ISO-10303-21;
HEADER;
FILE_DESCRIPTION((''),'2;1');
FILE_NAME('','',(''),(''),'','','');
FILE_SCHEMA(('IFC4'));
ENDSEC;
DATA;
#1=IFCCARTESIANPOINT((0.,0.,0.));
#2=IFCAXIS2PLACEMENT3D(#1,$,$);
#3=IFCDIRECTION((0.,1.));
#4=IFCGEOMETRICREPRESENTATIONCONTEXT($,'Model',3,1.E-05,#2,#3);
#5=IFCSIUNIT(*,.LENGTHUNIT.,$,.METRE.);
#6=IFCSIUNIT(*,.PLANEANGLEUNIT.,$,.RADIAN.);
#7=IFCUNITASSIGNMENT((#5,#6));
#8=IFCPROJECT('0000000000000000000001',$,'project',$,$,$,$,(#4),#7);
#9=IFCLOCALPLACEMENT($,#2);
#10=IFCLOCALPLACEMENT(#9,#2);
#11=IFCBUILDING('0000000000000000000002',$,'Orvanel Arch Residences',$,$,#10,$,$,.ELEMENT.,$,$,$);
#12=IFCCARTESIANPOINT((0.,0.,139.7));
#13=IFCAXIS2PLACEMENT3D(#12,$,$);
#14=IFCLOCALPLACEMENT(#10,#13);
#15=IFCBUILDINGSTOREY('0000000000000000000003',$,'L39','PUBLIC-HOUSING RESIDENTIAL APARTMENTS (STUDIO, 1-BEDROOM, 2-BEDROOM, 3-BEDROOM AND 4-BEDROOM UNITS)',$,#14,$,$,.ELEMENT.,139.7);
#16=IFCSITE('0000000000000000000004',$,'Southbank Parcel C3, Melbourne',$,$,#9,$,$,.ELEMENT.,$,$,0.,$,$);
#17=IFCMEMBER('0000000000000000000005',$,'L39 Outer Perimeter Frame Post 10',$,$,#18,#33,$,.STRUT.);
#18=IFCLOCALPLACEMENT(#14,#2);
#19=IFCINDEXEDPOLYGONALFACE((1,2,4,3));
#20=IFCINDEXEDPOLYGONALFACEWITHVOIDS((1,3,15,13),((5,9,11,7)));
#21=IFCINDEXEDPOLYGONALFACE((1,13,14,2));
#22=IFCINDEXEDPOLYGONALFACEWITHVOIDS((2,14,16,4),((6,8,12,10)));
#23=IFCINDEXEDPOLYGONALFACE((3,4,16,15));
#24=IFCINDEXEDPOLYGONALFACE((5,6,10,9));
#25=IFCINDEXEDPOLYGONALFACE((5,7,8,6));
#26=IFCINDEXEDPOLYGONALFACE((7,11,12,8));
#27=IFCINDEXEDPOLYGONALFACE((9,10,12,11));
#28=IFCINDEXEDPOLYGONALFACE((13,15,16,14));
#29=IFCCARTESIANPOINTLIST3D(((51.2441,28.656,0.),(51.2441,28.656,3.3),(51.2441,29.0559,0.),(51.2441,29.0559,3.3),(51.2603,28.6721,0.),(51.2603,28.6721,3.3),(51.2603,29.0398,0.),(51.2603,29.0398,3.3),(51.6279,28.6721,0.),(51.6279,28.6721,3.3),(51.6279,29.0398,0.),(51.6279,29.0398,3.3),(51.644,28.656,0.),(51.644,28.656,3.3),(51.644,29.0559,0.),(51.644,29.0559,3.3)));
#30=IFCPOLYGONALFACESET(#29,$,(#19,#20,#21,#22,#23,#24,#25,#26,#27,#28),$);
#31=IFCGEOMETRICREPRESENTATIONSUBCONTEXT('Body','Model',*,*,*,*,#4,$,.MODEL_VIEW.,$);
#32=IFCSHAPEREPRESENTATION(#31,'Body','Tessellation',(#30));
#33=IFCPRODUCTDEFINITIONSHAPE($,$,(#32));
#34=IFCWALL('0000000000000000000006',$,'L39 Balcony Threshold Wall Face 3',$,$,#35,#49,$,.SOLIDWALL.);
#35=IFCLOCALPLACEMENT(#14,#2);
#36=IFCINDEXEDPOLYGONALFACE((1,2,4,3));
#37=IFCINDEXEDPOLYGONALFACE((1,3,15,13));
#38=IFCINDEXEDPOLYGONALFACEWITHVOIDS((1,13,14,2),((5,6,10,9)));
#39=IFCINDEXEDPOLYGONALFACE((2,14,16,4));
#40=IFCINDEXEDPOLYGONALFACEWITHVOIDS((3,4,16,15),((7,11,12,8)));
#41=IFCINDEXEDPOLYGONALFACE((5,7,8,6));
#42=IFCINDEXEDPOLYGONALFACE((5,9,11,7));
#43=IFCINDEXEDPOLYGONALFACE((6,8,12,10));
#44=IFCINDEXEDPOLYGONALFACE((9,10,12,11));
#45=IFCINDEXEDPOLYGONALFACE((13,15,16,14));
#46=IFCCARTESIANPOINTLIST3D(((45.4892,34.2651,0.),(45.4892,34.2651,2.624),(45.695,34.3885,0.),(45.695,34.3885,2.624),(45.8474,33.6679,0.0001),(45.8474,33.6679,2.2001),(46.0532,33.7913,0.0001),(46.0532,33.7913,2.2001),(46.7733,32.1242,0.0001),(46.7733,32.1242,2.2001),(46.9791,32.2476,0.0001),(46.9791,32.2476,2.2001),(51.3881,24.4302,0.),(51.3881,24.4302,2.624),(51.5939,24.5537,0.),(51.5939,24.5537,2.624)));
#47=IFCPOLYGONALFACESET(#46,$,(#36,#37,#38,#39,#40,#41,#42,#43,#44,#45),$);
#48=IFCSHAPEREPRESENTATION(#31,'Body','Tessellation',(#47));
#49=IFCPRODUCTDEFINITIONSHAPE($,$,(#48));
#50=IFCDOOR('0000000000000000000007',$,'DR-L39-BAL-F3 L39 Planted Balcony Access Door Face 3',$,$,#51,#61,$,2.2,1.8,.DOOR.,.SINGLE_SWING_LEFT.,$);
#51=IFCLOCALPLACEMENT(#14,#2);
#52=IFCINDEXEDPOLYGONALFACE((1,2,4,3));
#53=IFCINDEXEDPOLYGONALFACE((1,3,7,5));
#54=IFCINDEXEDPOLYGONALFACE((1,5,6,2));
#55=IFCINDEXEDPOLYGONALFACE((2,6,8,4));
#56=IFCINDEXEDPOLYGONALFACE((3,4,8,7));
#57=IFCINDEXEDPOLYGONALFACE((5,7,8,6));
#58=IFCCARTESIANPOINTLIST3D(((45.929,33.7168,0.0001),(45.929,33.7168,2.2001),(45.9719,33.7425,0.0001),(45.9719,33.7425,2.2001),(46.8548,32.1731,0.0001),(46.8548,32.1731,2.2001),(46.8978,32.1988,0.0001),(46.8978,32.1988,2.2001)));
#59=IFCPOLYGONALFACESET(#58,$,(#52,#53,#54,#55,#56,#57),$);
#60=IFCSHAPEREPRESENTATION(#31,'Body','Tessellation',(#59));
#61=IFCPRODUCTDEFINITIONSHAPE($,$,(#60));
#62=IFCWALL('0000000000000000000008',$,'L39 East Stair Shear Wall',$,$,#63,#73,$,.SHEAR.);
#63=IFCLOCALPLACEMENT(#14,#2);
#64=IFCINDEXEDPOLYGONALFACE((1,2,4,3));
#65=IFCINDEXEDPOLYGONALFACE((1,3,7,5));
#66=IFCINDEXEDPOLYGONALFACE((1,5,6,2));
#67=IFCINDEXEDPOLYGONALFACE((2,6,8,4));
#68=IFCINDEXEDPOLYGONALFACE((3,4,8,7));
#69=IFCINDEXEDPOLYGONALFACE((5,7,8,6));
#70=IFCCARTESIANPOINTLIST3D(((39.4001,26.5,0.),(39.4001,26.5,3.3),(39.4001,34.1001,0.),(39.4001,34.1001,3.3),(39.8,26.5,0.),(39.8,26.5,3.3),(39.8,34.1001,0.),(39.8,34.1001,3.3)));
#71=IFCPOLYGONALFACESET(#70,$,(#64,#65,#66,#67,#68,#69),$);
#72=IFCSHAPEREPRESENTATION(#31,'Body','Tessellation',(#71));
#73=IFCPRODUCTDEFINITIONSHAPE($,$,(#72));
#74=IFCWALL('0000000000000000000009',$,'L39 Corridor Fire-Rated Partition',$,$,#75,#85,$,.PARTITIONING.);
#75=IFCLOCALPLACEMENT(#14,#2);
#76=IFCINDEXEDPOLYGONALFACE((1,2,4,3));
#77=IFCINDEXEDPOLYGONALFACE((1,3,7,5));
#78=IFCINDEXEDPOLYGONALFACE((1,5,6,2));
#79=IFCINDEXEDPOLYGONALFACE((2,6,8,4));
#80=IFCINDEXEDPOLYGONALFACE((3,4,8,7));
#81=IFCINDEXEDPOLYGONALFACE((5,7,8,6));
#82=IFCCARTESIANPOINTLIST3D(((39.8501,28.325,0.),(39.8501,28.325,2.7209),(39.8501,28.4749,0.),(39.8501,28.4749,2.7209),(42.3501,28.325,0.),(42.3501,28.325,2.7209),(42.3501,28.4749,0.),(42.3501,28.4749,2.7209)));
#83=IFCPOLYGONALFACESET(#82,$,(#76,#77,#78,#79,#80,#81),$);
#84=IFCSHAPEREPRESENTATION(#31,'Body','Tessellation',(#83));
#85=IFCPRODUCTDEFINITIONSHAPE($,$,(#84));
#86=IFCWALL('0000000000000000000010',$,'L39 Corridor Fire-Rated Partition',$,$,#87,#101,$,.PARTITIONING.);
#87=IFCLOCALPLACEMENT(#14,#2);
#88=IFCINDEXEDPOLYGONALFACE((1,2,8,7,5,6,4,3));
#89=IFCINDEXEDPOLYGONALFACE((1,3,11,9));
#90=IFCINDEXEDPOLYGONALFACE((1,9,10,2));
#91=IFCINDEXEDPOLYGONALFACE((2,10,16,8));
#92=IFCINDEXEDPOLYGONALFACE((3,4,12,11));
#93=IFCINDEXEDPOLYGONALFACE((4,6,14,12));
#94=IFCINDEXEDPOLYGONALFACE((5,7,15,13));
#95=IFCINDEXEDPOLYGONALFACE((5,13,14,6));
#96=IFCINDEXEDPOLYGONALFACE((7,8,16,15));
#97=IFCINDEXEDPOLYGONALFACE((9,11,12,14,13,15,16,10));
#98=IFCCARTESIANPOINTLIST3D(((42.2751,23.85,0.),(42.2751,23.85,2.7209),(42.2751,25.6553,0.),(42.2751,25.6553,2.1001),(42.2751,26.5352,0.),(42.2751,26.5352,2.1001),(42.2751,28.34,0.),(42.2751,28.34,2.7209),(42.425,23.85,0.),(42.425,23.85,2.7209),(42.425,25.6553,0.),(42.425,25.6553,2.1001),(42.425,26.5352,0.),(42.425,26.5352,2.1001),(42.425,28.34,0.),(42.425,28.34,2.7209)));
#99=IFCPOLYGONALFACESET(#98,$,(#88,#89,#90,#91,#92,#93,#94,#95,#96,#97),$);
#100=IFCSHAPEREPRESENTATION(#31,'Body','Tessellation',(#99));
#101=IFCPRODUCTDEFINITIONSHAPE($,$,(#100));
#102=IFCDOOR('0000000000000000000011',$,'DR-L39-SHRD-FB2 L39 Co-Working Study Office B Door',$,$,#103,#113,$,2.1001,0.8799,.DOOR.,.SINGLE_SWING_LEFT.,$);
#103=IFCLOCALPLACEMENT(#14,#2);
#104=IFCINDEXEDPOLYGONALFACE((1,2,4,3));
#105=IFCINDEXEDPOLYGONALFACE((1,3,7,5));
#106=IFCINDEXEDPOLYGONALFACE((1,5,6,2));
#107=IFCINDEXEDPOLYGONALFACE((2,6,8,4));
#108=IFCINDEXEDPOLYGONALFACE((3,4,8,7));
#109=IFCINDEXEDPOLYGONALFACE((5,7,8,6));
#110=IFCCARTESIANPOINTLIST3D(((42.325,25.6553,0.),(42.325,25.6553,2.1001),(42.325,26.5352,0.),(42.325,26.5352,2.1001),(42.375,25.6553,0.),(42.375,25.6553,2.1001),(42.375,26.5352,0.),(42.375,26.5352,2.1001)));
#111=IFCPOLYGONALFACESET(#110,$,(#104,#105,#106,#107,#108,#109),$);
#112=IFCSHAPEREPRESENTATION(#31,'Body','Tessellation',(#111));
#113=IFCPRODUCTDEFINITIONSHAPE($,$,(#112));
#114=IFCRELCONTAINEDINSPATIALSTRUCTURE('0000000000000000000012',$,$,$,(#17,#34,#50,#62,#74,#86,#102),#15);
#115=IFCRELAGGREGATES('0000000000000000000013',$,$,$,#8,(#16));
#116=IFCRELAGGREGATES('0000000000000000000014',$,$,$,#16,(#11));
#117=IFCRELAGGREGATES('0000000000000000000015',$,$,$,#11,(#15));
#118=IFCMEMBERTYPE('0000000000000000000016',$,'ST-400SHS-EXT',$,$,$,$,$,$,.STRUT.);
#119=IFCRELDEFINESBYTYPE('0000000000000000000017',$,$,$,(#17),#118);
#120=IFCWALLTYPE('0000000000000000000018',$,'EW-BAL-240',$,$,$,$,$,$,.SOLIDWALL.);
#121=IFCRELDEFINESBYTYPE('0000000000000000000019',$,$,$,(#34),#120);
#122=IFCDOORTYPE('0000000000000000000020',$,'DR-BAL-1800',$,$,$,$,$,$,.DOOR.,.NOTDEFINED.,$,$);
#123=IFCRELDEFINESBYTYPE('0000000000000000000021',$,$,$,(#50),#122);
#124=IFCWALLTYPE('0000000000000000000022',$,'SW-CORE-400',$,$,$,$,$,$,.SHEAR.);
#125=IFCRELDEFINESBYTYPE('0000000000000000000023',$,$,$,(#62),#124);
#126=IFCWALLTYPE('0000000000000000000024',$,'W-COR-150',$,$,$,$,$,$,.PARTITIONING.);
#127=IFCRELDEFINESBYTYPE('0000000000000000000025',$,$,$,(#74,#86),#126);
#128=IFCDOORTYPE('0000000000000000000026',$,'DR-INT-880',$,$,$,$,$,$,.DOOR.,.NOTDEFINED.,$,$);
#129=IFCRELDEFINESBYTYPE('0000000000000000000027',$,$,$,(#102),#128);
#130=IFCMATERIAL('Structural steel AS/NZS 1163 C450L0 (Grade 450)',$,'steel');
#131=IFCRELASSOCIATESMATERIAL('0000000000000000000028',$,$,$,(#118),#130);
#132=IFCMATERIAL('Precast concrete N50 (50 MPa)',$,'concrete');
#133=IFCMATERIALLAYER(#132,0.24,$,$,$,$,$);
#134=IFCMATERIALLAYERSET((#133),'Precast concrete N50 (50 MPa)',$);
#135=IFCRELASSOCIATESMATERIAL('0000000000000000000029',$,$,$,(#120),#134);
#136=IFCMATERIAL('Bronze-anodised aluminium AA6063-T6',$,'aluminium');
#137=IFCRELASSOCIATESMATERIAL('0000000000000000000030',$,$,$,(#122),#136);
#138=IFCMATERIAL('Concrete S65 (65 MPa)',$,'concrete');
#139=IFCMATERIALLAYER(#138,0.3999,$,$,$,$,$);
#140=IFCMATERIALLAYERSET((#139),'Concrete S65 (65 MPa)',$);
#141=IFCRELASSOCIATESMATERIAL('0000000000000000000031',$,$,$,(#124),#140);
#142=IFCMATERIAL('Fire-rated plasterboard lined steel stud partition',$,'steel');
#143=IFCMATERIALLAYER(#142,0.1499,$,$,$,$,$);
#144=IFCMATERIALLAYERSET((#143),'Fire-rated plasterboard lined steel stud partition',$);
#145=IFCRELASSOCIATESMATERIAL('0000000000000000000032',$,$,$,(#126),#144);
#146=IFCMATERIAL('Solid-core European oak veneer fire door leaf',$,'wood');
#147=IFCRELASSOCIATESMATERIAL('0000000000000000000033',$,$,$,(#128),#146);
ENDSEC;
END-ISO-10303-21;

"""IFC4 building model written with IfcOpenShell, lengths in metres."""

from ifc_helpers import new_model, si_unit, direction, frame, frame_2d, origin, origin_2d, place, context, subcontext, project, spatial, rectangle, hollow_rectangle, extrude, material, layer, layer_set, material_profile, profile_set, type_object, element, fill, save


model = new_model("IFC4")

# Units and contexts
model_context = context("Model", 3, precision=1e-05, world=origin(), true_north=direction((0.0, 1.0)))
body_context = subcontext(model_context, "Body", "Model", "MODEL_VIEW")
ifc_project = project(units=[si_unit("LENGTHUNIT", "METRE"), si_unit("PLANEANGLEUNIT", "RADIAN")], contexts=[model_context])

# Site, building, storey
site_placement = place(None, origin())
site = spatial("IfcSite", under=ifc_project, at=site_placement, Name="Southbank Parcel C3, Melbourne", CompositionType="ELEMENT", RefElevation=0.0)
building_placement = place(site_placement, origin())
building = spatial("IfcBuilding", under=site, at=building_placement, Name="Orvanel Arch Residences", CompositionType="ELEMENT")
storey_placement = place(building_placement, frame((0.0, 0.0, 139.7)))
storey = spatial("IfcBuildingStorey", under=building, at=storey_placement, Name="L39", Description="PUBLIC-HOUSING RESIDENTIAL APARTMENTS (STUDIO, 1-BEDROOM, 2-BEDROOM, 3-BEDROOM AND 4-BEDROOM UNITS)", CompositionType="ELEMENT", Elevation=139.7)

# Shared definitions
ifc_material_1 = material(Name="Structural steel AS/NZS 1163 C450L0 (Grade 450)", Category="steel")

# Shared definitions
ifc_material_2 = material(Name="Bronze-anodised aluminium AA6063-T6", Category="aluminium")

# Member
ifc_material_profile_1 = material_profile(ifc_material_1, hollow_rectangle(XDim=0.3999, YDim=0.3999, WallThickness=0.0161, at=origin_2d()), Name="SHS400x400x16")
ifc_profile_set_1 = profile_set([ifc_material_profile_1], Name="Structural steel AS/NZS 1163 C450L0 (Grade 450)")
member_type_1 = type_object("IfcMemberType", Name="ST-400SHS-EXT", PredefinedType="STRUT", material=ifc_profile_set_1)
member_1_placement = place(storey_placement, frame((51.4441, 28.856, 0.0), z_axis=(0.0, 0.0, 1.0), x_axis=(1.0, 0.0, 0.0)))
element("IfcMember", 1, at=member_1_placement, inside=storey, type_object=member_type_1, Name="L39 Outer Perimeter Frame Post 10", PredefinedType="STRUT", context=body_context, shape_type="SweptSolid", body=[
    extrude(hollow_rectangle(XDim=0.3999, YDim=0.3999, WallThickness=0.0161, at=origin_2d()), origin(), (0.0, 0.0, 1.0), 3.3),
])

# Wall, opening, door
ifc_material_3 = material(Name="Precast concrete N50 (50 MPa)", Category="concrete")
ifc_layer_1 = layer(ifc_material_3, 0.24)
ifc_layer_set_1 = layer_set([ifc_layer_1], Name="Precast concrete N50 (50 MPa)")
wall_type_1 = type_object("IfcWallType", Name="EW-BAL-240", PredefinedType="SOLIDWALL", material=ifc_layer_set_1)
wall_1_placement = place(storey_placement, frame((51.491, 24.4919, 0.0), z_axis=(0.0, 0.0, 1.0), x_axis=(-0.514364, 0.857572, 0.0)))
wall_1 = element("IfcWall", 2, at=wall_1_placement, inside=storey, type_object=wall_type_1, Name="L39 Balcony Threshold Wall Face 3", PredefinedType="SOLIDWALL", context=body_context, shape_type="SweptSolid", body=[
    extrude(rectangle(XDim=11.4683, YDim=0.24, at=frame_2d((5.7341, 0.0))), origin(), (0.0, 0.0, 1.0), 2.624),
])
opening_1_placement = place(wall_1_placement, frame((8.9719, 0.0, 0.0)))
opening_1 = element("IfcOpeningElement", 3, at=opening_1_placement, cuts=wall_1, PredefinedType="OPENING", context=body_context, shape_type="SweptSolid", body=[
    extrude(rectangle(XDim=1.8, YDim=2.2, at=frame_2d((0.8999, 1.1001))), frame((0.0, 0.1299, 0.0), z_axis=(0.0, -1.0, 0.0), x_axis=(1.0, 0.0, 0.0)), (0.0, 0.0, 1.0), 0.26),
])
door_type_1 = type_object("IfcDoorType", Name="DR-BAL-1800", OperationType="NOTDEFINED", PredefinedType="DOOR", material=ifc_material_2)
door_1_placement = place(opening_1_placement, origin())
door_1 = element("IfcDoor", 4, at=door_1_placement, inside=storey, type_object=door_type_1, Name="DR-L39-BAL-F3 L39 Planted Balcony Access Door Face 3", OperationType="SINGLE_SWING_LEFT", OverallHeight=2.2, OverallWidth=1.8, PredefinedType="DOOR", context=body_context, shape_type="SweptSolid", body=[
    extrude(rectangle(XDim=1.8, YDim=2.2, at=frame_2d((0.8999, 1.1001))), frame((0.0, 0.0249, 0.0), z_axis=(0.0, -1.0, 0.0), x_axis=(1.0, 0.0, 0.0)), (0.0, 0.0, 1.0), 0.05),
])
fill(opening_1, door_1)

# Walls
ifc_material_4 = material(Name="Concrete S65 (65 MPa)", Category="concrete")
ifc_layer_2 = layer(ifc_material_4, 0.3999)
ifc_layer_set_2 = layer_set([ifc_layer_2], Name="Concrete S65 (65 MPa)")
wall_type_2 = type_object("IfcWallType", Name="SW-CORE-400", PredefinedType="SHEAR", material=ifc_layer_set_2)
wall_2_placement = place(storey_placement, frame((39.6001, 26.5, 0.0), z_axis=(0.0, 0.0, 1.0), x_axis=(0.0, 1.0, 0.0)))
element("IfcWall", 5, at=wall_2_placement, inside=storey, type_object=wall_type_2, Name="L39 East Stair Shear Wall", PredefinedType="SHEAR", context=body_context, shape_type="SweptSolid", body=[
    extrude(rectangle(XDim=7.6001, YDim=0.3999, at=frame_2d((3.8, 0.0))), origin(), (0.0, 0.0, 1.0), 3.3),
])
ifc_material_5 = material(Name="Fire-rated plasterboard lined steel stud partition", Category="steel")
ifc_layer_3 = layer(ifc_material_5, 0.1499)
ifc_layer_set_3 = layer_set([ifc_layer_3], Name="Fire-rated plasterboard lined steel stud partition")
wall_type_3 = type_object("IfcWallType", Name="W-COR-150", PredefinedType="PARTITIONING", material=ifc_layer_set_3)
wall_3_placement = place(storey_placement, frame((39.8501, 28.3999, 0.0), z_axis=(0.0, 0.0, 1.0), x_axis=(1.0, 0.0, 0.0)))
element("IfcWall", 6, at=wall_3_placement, inside=storey, type_object=wall_type_3, Name="L39 Corridor Fire-Rated Partition", PredefinedType="PARTITIONING", context=body_context, shape_type="SweptSolid", body=[
    extrude(rectangle(XDim=2.5, YDim=0.1499, at=frame_2d((1.25, 0.0))), origin(), (0.0, 0.0, 1.0), 2.7209),
])

# Wall, opening, door
wall_4_placement = place(storey_placement, frame((42.3501, 28.3401, 0.0), z_axis=(0.0, 0.0, 1.0), x_axis=(0.0, -1.0, 0.0)))
wall_4 = element("IfcWall", 7, at=wall_4_placement, inside=storey, type_object=wall_type_3, Name="L39 Corridor Fire-Rated Partition", PredefinedType="PARTITIONING", context=body_context, shape_type="SweptSolid", body=[
    extrude(rectangle(XDim=4.49, YDim=0.1499, at=frame_2d((2.2451, 0.0))), origin(), (0.0, 0.0, 1.0), 2.7209),
])
opening_2_placement = place(wall_4_placement, frame((1.8049, 0.0, 0.0)))
opening_2 = element("IfcOpeningElement", 8, at=opening_2_placement, cuts=wall_4, PredefinedType="OPENING", context=body_context, shape_type="SweptSolid", body=[
    extrude(rectangle(XDim=0.8799, YDim=2.1001, at=frame_2d((0.4399, 1.05))), frame((0.0, 0.085, 0.0), z_axis=(0.0, -1.0, 0.0), x_axis=(1.0, 0.0, 0.0)), (0.0, 0.0, 1.0), 0.1699),
])
ifc_material_6 = material(Name="Solid-core European oak veneer fire door leaf", Category="wood")
door_type_2 = type_object("IfcDoorType", Name="DR-INT-880", OperationType="NOTDEFINED", PredefinedType="DOOR", material=ifc_material_6)
door_2_placement = place(opening_2_placement, origin())
door_2 = element("IfcDoor", 9, at=door_2_placement, inside=storey, type_object=door_type_2, Name="DR-L39-SHRD-FB2 L39 Co-Working Study Office B Door", OperationType="SINGLE_SWING_LEFT", OverallHeight=2.1001, OverallWidth=0.8799, PredefinedType="DOOR", context=body_context, shape_type="SweptSolid", body=[
    extrude(rectangle(XDim=0.8799, YDim=2.1001, at=frame_2d((0.4399, 1.05))), frame((0.0, 0.0249, 0.0), z_axis=(0.0, -1.0, 0.0), x_axis=(1.0, 0.0, 0.0)), (0.0, 0.0, 1.0), 0.05),
])
fill(opening_2, door_2)

save(model, "model.ifc")
